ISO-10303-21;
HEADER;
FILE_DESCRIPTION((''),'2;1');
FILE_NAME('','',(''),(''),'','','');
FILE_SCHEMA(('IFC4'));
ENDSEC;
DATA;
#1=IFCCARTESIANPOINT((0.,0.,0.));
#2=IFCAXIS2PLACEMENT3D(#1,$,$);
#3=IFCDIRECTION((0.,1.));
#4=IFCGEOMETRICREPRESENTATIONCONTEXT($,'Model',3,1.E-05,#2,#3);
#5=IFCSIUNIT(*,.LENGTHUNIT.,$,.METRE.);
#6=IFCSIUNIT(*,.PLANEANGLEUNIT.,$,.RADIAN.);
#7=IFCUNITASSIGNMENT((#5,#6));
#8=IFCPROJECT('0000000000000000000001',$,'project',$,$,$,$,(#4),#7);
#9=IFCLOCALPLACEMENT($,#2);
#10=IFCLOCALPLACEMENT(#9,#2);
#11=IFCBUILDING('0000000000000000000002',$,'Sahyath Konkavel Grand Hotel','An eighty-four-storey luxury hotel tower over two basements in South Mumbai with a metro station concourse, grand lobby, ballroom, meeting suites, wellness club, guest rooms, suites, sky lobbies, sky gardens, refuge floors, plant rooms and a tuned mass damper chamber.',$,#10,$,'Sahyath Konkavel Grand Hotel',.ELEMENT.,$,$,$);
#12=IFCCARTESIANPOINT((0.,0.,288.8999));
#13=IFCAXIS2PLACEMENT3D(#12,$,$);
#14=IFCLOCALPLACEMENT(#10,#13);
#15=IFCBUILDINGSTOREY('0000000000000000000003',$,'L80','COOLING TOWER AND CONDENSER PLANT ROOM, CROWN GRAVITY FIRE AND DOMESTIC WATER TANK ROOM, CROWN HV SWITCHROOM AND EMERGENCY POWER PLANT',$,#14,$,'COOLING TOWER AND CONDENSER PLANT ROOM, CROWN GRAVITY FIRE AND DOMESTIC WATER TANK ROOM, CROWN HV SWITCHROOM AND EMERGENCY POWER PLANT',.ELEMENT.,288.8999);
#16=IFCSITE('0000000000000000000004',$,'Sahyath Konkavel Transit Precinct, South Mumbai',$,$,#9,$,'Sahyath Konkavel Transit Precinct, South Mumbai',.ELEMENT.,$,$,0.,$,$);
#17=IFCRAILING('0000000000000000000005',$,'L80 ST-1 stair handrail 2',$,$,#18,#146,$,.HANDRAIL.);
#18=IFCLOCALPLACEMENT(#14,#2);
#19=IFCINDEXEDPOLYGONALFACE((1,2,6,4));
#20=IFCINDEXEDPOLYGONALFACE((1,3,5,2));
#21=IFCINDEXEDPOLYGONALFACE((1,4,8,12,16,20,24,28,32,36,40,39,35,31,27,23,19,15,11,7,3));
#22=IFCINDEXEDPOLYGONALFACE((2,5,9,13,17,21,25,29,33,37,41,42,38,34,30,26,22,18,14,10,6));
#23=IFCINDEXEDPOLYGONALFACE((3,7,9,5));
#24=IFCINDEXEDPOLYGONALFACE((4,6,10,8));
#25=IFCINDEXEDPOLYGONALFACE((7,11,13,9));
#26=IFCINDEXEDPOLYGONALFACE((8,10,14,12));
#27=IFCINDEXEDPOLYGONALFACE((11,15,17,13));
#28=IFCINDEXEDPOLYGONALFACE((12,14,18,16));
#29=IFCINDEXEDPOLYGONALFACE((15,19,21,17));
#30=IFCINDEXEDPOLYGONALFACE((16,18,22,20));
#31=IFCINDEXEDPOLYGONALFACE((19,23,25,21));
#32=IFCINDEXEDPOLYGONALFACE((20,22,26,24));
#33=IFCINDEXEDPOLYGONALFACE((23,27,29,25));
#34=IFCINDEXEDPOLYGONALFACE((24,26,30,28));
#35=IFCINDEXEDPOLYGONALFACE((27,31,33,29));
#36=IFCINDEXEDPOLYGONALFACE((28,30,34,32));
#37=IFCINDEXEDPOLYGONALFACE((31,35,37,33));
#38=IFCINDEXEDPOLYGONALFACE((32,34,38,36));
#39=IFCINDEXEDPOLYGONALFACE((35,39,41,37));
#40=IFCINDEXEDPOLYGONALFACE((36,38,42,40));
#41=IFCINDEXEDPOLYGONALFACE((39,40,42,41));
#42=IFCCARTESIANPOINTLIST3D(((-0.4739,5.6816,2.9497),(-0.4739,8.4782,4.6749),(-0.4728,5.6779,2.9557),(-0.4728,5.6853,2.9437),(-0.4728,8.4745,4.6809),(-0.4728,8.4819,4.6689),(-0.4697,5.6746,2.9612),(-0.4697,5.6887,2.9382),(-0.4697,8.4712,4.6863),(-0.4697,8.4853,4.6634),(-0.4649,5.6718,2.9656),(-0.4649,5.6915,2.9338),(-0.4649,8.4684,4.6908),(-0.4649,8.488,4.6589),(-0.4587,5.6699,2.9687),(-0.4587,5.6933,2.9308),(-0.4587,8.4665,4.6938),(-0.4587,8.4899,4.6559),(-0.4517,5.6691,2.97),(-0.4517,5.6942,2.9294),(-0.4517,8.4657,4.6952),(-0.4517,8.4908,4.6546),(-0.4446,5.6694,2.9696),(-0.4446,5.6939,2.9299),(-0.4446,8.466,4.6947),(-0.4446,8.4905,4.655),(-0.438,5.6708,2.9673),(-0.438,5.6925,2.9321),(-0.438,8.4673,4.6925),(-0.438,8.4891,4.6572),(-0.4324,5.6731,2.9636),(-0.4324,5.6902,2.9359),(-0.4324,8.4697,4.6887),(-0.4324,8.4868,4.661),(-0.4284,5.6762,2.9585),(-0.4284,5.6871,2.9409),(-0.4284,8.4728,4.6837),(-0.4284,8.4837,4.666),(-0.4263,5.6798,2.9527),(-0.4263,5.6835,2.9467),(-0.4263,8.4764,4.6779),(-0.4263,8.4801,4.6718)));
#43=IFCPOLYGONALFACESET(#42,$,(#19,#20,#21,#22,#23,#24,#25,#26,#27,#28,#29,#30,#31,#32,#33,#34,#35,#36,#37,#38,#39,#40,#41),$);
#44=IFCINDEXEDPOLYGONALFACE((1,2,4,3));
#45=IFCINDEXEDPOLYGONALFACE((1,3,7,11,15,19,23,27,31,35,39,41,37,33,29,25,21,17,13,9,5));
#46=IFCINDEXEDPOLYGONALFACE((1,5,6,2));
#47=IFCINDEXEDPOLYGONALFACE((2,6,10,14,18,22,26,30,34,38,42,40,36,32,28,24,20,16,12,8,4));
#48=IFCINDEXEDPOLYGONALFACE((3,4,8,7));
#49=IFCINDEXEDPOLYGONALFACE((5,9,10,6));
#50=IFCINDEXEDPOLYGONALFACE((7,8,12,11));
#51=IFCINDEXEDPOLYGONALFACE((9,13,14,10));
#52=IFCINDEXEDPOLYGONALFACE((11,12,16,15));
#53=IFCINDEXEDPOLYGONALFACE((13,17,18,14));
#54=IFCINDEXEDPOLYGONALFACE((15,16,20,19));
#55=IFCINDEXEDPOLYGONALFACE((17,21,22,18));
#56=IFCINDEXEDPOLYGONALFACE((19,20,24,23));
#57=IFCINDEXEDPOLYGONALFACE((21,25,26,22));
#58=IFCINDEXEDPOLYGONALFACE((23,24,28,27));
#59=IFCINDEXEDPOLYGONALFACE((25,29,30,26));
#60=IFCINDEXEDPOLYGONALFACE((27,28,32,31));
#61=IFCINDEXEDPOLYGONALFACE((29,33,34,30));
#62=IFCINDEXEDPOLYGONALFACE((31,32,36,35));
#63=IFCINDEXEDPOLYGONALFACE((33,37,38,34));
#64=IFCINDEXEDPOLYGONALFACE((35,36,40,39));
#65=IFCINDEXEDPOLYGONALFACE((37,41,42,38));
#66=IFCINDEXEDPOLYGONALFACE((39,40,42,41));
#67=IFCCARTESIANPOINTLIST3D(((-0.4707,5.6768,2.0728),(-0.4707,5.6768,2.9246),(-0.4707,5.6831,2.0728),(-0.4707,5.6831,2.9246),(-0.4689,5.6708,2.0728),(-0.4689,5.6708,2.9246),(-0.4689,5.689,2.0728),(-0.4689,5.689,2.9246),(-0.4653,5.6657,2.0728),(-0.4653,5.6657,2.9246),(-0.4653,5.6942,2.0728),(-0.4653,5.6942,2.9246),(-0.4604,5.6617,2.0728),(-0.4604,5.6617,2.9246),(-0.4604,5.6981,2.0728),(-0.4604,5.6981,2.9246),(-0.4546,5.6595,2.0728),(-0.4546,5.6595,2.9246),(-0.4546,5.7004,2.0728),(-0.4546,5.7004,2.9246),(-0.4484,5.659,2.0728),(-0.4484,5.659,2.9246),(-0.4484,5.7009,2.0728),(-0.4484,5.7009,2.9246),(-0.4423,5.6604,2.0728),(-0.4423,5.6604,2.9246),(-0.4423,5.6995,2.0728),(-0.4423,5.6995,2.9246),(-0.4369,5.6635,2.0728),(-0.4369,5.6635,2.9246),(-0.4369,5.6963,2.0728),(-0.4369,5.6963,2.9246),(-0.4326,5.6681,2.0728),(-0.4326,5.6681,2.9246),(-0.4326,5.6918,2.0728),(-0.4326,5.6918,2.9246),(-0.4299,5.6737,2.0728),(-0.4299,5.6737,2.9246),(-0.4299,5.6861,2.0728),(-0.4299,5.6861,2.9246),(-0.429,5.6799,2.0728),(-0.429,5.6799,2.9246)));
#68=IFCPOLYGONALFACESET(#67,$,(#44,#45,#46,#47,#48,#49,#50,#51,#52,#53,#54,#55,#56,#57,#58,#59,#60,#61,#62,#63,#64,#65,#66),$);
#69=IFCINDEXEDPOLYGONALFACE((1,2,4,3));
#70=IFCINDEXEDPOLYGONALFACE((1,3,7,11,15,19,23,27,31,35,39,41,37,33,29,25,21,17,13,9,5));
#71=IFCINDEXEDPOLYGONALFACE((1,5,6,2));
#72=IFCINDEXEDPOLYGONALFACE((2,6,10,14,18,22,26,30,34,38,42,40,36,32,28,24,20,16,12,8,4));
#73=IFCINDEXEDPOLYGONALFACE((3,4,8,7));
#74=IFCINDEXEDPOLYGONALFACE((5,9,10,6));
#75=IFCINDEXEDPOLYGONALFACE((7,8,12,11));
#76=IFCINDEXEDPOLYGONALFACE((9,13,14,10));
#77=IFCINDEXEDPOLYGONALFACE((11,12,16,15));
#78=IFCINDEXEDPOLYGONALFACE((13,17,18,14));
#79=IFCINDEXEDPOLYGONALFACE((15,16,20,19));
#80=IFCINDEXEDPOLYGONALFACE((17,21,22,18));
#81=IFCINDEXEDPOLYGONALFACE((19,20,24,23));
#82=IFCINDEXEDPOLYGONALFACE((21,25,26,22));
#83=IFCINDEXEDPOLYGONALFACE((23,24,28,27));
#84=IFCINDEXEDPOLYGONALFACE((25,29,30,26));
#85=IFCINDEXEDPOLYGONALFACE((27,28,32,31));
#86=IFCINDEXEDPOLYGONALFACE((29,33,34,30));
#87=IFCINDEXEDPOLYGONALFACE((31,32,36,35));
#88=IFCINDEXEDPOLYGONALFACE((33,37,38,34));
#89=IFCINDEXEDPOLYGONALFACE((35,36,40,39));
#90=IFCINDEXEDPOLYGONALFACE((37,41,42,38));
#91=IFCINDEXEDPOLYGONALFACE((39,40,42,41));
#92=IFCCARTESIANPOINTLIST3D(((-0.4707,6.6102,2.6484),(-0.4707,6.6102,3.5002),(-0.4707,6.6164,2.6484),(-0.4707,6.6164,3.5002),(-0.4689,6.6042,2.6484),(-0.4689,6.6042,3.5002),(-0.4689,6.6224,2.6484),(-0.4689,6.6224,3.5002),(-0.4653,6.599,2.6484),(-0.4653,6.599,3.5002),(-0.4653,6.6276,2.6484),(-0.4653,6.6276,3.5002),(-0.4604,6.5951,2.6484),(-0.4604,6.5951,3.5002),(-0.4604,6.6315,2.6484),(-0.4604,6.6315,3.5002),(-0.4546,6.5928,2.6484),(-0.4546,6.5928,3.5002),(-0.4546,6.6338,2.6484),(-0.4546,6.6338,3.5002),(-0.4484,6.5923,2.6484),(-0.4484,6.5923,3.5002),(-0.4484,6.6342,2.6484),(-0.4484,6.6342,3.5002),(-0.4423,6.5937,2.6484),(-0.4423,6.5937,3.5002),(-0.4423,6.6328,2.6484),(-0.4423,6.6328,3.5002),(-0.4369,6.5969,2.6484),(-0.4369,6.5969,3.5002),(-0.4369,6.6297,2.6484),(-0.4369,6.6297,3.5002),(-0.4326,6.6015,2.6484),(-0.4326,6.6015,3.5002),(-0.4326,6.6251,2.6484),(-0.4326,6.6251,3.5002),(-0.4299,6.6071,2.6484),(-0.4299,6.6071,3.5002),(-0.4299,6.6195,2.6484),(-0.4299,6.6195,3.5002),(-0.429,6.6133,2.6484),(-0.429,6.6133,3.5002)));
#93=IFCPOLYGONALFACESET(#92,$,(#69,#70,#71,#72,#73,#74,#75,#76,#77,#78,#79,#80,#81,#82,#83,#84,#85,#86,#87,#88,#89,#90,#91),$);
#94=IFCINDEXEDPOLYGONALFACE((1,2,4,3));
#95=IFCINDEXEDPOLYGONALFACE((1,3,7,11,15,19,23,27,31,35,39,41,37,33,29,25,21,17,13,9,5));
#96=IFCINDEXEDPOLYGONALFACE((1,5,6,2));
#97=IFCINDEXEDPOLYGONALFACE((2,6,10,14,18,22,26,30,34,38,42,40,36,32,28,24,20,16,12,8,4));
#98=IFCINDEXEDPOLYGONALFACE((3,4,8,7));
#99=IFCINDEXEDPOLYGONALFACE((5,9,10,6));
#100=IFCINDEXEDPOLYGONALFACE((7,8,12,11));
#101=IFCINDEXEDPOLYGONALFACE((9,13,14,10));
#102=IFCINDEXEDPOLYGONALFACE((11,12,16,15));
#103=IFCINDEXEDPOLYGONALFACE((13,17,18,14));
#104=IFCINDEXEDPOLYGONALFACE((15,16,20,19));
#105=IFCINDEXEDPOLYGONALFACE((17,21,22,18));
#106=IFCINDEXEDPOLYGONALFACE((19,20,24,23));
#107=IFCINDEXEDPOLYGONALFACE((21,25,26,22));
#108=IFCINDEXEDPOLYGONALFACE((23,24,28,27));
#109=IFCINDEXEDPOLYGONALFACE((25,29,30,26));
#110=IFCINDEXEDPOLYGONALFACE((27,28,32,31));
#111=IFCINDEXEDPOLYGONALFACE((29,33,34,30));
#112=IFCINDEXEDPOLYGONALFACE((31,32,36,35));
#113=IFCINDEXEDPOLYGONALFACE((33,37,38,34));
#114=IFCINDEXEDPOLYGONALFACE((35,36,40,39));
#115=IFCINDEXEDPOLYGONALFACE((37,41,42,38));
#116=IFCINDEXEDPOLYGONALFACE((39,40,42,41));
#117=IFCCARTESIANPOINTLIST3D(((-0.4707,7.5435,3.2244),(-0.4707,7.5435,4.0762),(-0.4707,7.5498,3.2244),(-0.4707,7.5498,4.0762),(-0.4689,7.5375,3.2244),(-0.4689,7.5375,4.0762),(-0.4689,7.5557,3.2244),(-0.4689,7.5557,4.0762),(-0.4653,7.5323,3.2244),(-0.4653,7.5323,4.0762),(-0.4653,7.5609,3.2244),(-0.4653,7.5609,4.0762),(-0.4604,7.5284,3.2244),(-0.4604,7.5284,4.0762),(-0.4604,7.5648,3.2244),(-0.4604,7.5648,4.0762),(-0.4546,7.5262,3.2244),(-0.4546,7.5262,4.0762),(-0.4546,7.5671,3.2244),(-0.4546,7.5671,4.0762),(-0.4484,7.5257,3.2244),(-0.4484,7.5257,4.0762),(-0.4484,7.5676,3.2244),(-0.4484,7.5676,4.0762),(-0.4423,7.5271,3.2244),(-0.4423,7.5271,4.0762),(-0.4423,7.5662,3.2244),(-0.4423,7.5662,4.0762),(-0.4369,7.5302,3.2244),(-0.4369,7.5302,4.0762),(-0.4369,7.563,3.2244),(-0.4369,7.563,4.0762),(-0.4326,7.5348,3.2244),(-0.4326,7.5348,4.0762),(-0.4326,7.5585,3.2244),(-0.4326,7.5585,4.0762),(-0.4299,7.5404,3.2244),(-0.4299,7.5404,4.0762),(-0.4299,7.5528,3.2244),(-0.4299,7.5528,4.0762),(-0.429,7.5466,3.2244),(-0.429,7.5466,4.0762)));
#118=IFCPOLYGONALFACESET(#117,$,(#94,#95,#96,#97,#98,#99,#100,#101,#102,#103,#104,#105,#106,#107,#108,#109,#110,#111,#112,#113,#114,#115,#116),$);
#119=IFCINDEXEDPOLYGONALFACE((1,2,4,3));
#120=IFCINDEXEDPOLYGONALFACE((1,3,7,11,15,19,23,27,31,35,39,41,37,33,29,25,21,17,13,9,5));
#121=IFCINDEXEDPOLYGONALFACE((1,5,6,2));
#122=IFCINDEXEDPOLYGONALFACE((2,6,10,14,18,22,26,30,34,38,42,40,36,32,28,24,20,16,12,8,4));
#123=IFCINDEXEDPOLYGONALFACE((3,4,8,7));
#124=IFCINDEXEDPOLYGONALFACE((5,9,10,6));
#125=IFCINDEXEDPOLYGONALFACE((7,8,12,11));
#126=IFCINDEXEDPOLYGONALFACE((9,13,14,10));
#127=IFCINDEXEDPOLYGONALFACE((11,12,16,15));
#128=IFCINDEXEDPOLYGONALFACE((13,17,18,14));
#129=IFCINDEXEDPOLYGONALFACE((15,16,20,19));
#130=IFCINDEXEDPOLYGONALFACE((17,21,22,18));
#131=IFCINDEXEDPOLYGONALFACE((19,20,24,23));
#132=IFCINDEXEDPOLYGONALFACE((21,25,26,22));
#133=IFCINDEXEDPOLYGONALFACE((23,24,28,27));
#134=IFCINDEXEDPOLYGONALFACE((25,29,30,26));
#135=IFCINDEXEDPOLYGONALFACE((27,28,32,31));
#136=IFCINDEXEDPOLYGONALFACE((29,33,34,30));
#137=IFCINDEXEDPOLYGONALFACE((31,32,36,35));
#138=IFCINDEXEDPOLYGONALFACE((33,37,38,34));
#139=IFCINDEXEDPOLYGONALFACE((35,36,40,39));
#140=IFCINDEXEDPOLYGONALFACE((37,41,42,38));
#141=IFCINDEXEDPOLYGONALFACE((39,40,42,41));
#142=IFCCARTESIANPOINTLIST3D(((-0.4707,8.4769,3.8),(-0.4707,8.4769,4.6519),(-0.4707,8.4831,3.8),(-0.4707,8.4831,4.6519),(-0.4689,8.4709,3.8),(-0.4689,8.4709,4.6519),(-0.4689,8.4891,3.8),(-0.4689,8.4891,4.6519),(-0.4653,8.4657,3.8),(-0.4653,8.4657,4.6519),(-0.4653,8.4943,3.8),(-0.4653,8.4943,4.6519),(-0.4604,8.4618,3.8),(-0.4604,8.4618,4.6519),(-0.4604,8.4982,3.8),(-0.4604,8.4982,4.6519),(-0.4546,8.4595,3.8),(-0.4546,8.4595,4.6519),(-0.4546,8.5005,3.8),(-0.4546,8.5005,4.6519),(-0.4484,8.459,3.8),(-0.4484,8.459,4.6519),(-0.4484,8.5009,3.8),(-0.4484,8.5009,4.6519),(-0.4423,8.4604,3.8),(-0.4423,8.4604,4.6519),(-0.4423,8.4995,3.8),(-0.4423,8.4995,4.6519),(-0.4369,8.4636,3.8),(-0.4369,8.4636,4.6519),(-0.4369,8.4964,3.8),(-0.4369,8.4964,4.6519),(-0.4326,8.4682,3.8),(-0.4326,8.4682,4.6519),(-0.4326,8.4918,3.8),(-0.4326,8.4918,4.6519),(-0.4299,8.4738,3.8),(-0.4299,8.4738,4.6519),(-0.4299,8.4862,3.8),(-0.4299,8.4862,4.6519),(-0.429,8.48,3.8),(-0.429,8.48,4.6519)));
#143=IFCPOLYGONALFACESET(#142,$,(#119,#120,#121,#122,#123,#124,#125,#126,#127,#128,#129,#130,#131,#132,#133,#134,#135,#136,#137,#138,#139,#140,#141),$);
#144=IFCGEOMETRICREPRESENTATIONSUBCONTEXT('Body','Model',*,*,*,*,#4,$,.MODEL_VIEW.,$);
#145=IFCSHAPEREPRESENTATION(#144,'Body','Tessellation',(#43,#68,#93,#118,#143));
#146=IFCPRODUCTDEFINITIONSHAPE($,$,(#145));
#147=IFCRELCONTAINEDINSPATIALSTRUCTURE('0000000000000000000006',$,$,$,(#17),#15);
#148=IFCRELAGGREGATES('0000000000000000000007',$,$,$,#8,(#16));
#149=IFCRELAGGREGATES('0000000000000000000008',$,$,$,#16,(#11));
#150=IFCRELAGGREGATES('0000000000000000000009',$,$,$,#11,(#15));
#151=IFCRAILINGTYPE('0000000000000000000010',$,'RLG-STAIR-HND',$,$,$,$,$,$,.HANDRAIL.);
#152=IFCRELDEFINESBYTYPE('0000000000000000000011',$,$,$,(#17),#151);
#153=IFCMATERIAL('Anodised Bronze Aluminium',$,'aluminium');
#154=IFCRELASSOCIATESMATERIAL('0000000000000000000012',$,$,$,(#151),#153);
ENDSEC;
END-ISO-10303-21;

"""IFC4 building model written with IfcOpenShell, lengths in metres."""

from ifc_helpers import new_model, si_unit, direction, frame, origin, origin_2d, place, context, subcontext, project, spatial, circle, extrude, material, type_object, element, save


model = new_model("IFC4")

# Units and contexts
model_context = context("Model", 3, precision=1e-05, world=origin(), true_north=direction((0.0, 1.0)))
body_context = subcontext(model_context, "Body", "Model", "MODEL_VIEW")
ifc_project = project(units=[si_unit("LENGTHUNIT", "METRE"), si_unit("PLANEANGLEUNIT", "RADIAN")], contexts=[model_context])

# Site, building, storey
site_placement = place(None, origin())
site = spatial("IfcSite", under=ifc_project, at=site_placement, Name="Sahyath Konkavel Transit Precinct, South Mumbai", LongName="Sahyath Konkavel Transit Precinct, South Mumbai", CompositionType="ELEMENT", RefElevation=0.0)
building_placement = place(site_placement, origin())
building = spatial("IfcBuilding", under=site, at=building_placement, Name="Sahyath Konkavel Grand Hotel", Description="An eighty-four-storey luxury hotel tower over two basements in South Mumbai with a metro station concourse, grand lobby, ballroom, meeting suites, wellness club, guest rooms, suites, sky lobbies, sky gardens, refuge floors, plant rooms and a tuned mass damper chamber.", LongName="Sahyath Konkavel Grand Hotel", CompositionType="ELEMENT")
storey_placement = place(building_placement, frame((0.0, 0.0, 288.8999)))
storey = spatial("IfcBuildingStorey", under=building, at=storey_placement, Name="L80", Description="COOLING TOWER AND CONDENSER PLANT ROOM, CROWN GRAVITY FIRE AND DOMESTIC WATER TANK ROOM, CROWN HV SWITCHROOM AND EMERGENCY POWER PLANT", LongName="COOLING TOWER AND CONDENSER PLANT ROOM, CROWN GRAVITY FIRE AND DOMESTIC WATER TANK ROOM, CROWN HV SWITCHROOM AND EMERGENCY POWER PLANT", CompositionType="ELEMENT", Elevation=288.8999)

# Railing
ifc_material_1 = material(Name="Anodised Bronze Aluminium", Category="aluminium")
railing_type_1 = type_object("IfcRailingType", Name="RLG-STAIR-HND", PredefinedType="HANDRAIL", material=ifc_material_1)
railing_1_placement = place(storey_placement, frame((-0.45, 5.6799, 2.0728)))
element("IfcRailing", 1, at=railing_1_placement, inside=storey, type_object=railing_type_1, Name="L80 ST-1 stair handrail 2", PredefinedType="HANDRAIL", context=body_context, shape_type="SweptSolid", body=[
    extrude(circle(Radius=0.0239, at=origin_2d()), frame((0.0, 0.0017, 0.877), z_axis=(0.0, 0.85109, 0.52502), x_axis=(-1.0, 0.0, 0.0)), (0.0, 0.0, 1.0), 3.2859),
    extrude(circle(Radius=0.021, at=origin_2d()), origin(), (0.0, 0.0, 1.0), 0.8518),
    extrude(circle(Radius=0.021, at=origin_2d()), frame((0.0, 0.9333, 0.5757)), (0.0, 0.0, 1.0), 0.8518),
    extrude(circle(Radius=0.021, at=origin_2d()), frame((0.0, 1.8667, 1.1516)), (0.0, 0.0, 1.0), 0.8518),
    extrude(circle(Radius=0.021, at=origin_2d()), frame((0.0, 2.8, 1.7273)), (0.0, 0.0, 1.0), 0.8518),
])

save(model, "model.ifc")
